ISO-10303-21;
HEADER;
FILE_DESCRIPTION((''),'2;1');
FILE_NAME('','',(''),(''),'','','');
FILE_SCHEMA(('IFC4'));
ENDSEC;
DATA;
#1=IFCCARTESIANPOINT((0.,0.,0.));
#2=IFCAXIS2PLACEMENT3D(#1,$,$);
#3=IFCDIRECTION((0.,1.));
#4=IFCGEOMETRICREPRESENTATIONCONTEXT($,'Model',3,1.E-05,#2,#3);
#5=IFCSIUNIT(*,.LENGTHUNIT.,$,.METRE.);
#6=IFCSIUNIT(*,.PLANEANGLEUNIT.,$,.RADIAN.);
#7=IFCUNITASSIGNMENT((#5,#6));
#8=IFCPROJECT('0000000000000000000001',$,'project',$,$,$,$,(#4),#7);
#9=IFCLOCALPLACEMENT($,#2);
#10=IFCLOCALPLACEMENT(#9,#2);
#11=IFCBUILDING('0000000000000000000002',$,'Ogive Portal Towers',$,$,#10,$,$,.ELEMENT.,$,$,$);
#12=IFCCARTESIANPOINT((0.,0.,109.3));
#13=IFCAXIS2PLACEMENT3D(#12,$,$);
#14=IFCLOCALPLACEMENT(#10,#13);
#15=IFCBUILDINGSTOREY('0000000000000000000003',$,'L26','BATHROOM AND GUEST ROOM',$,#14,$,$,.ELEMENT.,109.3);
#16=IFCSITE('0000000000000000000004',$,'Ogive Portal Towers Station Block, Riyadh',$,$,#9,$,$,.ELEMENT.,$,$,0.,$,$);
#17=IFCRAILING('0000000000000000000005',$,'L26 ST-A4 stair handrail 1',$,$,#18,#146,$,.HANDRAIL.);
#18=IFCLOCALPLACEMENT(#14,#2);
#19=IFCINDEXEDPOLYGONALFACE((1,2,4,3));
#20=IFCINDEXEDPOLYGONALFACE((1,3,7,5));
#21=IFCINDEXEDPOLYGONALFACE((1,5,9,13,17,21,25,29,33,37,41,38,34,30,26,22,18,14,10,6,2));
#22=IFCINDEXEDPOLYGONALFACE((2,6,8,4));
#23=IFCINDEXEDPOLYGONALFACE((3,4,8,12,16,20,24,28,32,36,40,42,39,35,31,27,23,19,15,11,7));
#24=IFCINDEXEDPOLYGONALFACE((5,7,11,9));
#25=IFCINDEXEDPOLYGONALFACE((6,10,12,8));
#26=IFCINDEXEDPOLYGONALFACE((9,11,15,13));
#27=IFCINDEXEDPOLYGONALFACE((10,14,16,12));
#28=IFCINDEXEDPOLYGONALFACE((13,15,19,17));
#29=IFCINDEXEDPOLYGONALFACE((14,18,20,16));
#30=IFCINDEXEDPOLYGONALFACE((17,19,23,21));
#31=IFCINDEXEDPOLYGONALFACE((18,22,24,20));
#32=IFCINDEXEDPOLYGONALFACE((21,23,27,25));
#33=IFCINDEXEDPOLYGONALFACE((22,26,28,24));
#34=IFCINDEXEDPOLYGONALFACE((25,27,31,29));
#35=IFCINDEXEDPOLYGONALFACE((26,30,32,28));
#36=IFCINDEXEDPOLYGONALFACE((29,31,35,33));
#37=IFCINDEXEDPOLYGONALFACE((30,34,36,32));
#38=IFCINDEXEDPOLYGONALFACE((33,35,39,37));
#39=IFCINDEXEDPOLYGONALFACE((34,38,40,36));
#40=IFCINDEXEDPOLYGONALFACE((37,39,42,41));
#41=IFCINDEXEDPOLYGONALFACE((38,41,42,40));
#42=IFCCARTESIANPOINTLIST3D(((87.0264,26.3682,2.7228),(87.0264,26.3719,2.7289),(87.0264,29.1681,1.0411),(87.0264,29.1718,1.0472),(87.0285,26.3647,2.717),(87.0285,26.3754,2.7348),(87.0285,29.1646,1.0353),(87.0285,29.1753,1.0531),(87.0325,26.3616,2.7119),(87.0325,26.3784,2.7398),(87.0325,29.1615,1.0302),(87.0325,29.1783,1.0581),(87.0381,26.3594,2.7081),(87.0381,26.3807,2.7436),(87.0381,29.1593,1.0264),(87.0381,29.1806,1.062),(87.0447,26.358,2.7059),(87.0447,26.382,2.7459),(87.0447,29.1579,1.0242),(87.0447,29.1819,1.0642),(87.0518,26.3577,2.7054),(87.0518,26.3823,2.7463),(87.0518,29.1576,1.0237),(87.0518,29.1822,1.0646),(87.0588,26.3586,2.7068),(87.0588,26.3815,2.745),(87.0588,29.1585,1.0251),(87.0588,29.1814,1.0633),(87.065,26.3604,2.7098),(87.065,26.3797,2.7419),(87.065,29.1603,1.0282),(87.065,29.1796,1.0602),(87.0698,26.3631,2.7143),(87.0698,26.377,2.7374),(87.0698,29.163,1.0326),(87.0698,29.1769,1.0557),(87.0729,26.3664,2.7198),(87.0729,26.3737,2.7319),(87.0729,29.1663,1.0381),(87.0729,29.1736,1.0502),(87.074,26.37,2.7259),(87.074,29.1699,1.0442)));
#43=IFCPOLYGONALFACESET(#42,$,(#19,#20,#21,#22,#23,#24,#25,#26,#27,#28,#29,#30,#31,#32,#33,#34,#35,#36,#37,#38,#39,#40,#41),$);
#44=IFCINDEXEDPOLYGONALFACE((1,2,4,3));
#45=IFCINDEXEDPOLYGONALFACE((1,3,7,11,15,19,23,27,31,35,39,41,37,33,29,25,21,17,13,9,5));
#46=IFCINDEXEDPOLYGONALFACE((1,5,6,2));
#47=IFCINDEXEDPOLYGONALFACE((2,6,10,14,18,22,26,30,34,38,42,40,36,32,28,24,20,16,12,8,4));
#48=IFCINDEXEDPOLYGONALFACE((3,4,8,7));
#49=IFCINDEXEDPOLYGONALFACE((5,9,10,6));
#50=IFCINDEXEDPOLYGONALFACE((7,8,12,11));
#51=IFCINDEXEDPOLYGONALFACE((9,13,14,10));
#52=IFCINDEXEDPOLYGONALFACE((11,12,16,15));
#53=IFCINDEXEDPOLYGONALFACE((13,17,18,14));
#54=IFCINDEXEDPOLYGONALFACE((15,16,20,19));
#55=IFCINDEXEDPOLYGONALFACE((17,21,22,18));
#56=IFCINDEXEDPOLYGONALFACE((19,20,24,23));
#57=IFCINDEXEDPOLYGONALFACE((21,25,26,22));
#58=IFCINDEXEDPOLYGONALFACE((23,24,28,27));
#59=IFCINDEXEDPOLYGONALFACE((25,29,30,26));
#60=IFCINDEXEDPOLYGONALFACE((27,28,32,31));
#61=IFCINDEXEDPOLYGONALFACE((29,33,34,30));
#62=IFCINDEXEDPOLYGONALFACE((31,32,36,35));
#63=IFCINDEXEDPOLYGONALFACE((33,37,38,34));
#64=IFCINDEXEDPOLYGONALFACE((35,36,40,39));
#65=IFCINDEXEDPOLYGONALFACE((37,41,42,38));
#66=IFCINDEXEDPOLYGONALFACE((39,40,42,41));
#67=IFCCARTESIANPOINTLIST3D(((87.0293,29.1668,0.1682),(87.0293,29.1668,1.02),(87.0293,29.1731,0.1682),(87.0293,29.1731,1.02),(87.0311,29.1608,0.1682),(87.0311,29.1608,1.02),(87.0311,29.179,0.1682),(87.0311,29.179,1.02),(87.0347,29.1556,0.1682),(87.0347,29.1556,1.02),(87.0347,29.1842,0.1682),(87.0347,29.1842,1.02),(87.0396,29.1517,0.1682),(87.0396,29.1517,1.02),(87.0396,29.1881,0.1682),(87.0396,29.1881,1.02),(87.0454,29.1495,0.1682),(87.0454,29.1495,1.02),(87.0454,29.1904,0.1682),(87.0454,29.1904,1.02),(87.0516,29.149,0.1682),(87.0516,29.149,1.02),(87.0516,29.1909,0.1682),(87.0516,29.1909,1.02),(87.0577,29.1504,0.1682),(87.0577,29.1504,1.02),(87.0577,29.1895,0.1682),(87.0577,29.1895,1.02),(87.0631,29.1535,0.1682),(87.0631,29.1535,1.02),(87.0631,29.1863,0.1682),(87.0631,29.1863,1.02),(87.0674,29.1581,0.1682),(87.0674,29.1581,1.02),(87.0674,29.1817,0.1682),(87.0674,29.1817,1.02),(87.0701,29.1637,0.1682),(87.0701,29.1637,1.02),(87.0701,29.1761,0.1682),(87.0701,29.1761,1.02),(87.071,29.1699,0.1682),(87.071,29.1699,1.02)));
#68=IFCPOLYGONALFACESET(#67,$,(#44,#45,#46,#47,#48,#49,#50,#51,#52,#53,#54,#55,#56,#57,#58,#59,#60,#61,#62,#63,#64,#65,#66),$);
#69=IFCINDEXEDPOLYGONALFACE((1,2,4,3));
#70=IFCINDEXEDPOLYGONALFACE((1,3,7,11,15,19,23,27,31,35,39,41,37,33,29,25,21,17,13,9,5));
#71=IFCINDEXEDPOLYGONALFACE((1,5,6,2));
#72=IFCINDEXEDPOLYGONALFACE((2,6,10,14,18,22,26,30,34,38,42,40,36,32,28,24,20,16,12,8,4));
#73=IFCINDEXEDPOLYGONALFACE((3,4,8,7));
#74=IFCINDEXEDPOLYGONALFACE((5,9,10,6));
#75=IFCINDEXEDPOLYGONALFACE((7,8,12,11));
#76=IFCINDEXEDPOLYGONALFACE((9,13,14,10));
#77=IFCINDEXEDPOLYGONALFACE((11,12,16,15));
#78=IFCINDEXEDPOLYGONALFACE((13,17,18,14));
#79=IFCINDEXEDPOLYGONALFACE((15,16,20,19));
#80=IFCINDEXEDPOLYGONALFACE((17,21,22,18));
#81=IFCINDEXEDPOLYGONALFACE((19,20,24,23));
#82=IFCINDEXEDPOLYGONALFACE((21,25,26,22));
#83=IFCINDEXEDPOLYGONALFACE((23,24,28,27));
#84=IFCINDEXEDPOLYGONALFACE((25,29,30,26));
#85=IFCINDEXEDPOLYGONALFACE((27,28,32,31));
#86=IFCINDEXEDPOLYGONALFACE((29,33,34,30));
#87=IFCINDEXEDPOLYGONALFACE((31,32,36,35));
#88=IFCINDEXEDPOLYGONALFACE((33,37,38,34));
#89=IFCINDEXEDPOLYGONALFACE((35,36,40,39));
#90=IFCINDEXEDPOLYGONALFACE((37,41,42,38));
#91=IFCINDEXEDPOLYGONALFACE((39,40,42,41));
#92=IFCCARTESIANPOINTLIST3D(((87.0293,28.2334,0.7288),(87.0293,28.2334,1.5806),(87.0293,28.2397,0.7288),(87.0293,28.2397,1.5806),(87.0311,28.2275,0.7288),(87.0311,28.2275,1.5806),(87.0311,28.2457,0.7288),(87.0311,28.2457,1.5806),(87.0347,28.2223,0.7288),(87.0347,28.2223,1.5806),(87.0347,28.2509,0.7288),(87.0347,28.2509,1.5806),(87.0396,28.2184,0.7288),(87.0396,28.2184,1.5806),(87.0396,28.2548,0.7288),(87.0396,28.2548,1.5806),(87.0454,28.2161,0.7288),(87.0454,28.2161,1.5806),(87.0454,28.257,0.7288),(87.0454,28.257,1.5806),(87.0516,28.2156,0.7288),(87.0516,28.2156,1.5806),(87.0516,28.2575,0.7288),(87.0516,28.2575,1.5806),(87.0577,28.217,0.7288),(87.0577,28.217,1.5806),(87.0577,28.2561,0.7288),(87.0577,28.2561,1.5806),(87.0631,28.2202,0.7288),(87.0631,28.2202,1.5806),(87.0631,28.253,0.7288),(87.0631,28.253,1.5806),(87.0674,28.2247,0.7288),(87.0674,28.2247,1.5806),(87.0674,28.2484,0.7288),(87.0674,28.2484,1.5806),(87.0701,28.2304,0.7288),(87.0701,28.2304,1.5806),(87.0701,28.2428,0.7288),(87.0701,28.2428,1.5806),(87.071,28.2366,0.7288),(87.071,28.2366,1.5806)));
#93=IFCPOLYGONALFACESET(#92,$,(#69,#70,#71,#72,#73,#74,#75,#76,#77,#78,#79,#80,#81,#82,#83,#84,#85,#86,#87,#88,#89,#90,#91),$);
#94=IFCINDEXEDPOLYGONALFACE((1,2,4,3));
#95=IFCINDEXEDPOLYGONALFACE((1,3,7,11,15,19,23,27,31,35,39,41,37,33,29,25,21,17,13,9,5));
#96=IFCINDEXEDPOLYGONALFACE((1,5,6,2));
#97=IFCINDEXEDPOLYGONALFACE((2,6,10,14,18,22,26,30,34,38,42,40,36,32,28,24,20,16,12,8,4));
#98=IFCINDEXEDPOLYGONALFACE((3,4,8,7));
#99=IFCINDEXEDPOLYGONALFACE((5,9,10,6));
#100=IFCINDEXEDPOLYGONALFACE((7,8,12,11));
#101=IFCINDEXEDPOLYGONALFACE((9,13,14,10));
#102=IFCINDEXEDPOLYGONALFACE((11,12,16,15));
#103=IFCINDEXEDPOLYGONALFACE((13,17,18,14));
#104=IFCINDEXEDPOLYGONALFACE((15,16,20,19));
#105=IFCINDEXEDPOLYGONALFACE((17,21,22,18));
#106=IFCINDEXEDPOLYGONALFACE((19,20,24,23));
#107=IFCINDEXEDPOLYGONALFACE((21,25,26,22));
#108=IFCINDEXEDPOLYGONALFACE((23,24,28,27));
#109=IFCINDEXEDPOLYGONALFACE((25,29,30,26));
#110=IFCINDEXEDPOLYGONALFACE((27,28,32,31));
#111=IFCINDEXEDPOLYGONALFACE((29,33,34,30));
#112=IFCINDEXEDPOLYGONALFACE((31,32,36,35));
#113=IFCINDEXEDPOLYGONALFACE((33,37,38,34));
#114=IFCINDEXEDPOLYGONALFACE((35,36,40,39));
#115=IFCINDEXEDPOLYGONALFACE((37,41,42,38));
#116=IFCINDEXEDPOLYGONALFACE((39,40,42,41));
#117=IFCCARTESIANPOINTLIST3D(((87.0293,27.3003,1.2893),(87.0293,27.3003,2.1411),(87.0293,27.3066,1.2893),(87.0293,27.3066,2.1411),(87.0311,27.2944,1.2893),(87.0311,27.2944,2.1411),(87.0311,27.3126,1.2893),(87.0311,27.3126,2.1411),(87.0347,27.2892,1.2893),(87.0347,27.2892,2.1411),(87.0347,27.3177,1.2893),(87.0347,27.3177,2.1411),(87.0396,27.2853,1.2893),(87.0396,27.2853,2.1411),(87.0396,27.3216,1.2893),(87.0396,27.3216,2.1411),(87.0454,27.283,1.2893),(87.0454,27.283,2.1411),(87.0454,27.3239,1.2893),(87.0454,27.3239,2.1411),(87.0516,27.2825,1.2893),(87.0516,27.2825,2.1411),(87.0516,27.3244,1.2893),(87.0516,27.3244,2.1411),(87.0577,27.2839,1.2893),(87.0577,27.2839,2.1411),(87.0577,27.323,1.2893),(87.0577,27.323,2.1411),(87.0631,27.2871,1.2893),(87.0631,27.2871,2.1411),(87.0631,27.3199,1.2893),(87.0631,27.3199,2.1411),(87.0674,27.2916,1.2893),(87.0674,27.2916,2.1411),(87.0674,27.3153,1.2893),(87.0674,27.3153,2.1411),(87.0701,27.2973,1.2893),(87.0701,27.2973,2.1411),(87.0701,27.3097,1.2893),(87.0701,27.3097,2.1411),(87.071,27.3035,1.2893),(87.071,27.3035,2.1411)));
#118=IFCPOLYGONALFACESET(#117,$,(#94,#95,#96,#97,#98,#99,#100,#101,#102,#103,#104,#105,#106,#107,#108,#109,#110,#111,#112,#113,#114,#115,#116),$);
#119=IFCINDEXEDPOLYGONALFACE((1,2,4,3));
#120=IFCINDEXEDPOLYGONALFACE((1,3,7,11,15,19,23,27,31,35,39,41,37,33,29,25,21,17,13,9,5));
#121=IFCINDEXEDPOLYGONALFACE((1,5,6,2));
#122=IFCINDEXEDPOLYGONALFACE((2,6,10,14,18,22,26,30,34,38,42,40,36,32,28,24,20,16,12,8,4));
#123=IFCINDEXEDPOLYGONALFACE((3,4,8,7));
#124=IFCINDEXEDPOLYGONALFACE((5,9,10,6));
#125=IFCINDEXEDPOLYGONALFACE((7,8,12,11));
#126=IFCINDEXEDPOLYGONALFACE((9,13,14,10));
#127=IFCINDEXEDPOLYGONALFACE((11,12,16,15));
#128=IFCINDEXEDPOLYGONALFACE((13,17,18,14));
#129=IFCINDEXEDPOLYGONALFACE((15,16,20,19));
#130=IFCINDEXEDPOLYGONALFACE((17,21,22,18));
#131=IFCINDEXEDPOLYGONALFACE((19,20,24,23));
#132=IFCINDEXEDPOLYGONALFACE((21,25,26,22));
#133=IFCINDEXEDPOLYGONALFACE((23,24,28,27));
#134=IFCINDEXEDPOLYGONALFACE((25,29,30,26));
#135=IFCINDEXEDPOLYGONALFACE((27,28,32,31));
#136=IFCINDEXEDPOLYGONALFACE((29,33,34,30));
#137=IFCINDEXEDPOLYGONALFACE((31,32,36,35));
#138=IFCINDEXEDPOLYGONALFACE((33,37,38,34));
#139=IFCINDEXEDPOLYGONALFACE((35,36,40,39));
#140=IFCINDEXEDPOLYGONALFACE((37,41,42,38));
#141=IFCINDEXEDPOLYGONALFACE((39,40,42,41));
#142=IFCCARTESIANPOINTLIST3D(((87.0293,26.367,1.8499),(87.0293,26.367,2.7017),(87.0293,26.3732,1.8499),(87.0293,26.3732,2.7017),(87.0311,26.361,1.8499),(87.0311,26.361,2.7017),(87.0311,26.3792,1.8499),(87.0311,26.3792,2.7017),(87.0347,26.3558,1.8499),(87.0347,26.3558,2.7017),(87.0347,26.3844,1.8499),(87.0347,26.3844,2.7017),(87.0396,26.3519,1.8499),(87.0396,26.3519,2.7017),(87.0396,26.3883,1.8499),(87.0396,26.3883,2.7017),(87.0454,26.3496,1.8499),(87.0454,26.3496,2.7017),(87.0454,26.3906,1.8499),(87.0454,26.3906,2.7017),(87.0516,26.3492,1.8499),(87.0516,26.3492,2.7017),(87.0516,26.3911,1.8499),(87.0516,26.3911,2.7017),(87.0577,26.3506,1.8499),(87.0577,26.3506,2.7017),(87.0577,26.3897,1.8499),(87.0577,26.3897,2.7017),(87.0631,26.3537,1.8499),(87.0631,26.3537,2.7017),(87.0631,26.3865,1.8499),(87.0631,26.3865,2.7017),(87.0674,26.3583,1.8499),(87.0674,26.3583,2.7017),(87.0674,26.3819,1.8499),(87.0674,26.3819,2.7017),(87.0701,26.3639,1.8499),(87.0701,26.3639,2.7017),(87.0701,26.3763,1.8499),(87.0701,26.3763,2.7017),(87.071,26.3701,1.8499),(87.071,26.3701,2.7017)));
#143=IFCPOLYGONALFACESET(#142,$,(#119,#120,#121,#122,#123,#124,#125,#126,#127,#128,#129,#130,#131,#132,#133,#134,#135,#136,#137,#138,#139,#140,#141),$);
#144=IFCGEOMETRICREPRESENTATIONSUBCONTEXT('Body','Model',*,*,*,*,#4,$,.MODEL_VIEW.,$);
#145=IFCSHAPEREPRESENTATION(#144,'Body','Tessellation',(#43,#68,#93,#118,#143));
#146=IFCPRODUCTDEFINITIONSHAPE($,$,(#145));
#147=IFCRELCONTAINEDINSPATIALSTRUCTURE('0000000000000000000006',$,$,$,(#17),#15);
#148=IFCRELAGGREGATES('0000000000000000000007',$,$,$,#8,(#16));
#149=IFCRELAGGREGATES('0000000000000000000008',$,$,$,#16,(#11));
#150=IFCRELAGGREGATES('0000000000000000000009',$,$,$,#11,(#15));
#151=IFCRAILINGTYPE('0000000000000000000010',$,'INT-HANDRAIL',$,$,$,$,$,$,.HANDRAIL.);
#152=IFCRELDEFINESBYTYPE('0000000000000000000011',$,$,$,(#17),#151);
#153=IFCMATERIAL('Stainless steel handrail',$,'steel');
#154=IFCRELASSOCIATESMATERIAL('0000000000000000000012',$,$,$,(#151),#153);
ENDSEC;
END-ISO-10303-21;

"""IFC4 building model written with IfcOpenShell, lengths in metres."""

from ifc_helpers import new_model, si_unit, direction, frame, origin, origin_2d, place, context, subcontext, project, spatial, circle, extrude, material, type_object, element, save


model = new_model("IFC4")

# Units and contexts
model_context = context("Model", 3, precision=1e-05, world=origin(), true_north=direction((0.0, 1.0)))
body_context = subcontext(model_context, "Body", "Model", "MODEL_VIEW")
ifc_project = project(units=[si_unit("LENGTHUNIT", "METRE"), si_unit("PLANEANGLEUNIT", "RADIAN")], contexts=[model_context])

# Site, building, storey
site_placement = place(None, origin())
site = spatial("IfcSite", under=ifc_project, at=site_placement, Name="Ogive Portal Towers Station Block, Riyadh", CompositionType="ELEMENT", RefElevation=0.0)
building_placement = place(site_placement, origin())
building = spatial("IfcBuilding", under=site, at=building_placement, Name="Ogive Portal Towers", CompositionType="ELEMENT")
storey_placement = place(building_placement, frame((0.0, 0.0, 109.3)))
storey = spatial("IfcBuildingStorey", under=building, at=storey_placement, Name="L26", Description="BATHROOM AND GUEST ROOM", CompositionType="ELEMENT", Elevation=109.3)

# Railing
ifc_material_1 = material(Name="Stainless steel handrail", Category="steel")
railing_type_1 = type_object("IfcRailingType", Name="INT-HANDRAIL", PredefinedType="HANDRAIL", material=ifc_material_1)
railing_1_placement = place(storey_placement, frame((87.05, 29.1699, 0.1682)))
element("IfcRailing", 1, at=railing_1_placement, inside=storey, type_object=railing_type_1, Name="L26 ST-A4 stair handrail 1", PredefinedType="HANDRAIL", context=body_context, shape_type="SweptSolid", body=[
    extrude(circle(Radius=0.0239, at=origin_2d()), frame((0.0, 0.0, 0.876), z_axis=(0.0, -0.857255, 0.514891), x_axis=(1.0, 0.0, 0.0)), (0.0, 0.0, 1.0), 3.2661),
    extrude(circle(Radius=0.021, at=origin_2d()), origin(), (0.0, 0.0, 1.0), 0.8518),
    extrude(circle(Radius=0.021, at=origin_2d()), frame((0.0, -0.9333, 0.5605)), (0.0, 0.0, 1.0), 0.8518),
    extrude(circle(Radius=0.021, at=origin_2d()), frame((0.0, -1.8665, 1.1211)), (0.0, 0.0, 1.0), 0.8518),
    extrude(circle(Radius=0.021, at=origin_2d()), frame((0.0, -2.7998, 1.6816)), (0.0, 0.0, 1.0), 0.8518),
])

save(model, "model.ifc")
